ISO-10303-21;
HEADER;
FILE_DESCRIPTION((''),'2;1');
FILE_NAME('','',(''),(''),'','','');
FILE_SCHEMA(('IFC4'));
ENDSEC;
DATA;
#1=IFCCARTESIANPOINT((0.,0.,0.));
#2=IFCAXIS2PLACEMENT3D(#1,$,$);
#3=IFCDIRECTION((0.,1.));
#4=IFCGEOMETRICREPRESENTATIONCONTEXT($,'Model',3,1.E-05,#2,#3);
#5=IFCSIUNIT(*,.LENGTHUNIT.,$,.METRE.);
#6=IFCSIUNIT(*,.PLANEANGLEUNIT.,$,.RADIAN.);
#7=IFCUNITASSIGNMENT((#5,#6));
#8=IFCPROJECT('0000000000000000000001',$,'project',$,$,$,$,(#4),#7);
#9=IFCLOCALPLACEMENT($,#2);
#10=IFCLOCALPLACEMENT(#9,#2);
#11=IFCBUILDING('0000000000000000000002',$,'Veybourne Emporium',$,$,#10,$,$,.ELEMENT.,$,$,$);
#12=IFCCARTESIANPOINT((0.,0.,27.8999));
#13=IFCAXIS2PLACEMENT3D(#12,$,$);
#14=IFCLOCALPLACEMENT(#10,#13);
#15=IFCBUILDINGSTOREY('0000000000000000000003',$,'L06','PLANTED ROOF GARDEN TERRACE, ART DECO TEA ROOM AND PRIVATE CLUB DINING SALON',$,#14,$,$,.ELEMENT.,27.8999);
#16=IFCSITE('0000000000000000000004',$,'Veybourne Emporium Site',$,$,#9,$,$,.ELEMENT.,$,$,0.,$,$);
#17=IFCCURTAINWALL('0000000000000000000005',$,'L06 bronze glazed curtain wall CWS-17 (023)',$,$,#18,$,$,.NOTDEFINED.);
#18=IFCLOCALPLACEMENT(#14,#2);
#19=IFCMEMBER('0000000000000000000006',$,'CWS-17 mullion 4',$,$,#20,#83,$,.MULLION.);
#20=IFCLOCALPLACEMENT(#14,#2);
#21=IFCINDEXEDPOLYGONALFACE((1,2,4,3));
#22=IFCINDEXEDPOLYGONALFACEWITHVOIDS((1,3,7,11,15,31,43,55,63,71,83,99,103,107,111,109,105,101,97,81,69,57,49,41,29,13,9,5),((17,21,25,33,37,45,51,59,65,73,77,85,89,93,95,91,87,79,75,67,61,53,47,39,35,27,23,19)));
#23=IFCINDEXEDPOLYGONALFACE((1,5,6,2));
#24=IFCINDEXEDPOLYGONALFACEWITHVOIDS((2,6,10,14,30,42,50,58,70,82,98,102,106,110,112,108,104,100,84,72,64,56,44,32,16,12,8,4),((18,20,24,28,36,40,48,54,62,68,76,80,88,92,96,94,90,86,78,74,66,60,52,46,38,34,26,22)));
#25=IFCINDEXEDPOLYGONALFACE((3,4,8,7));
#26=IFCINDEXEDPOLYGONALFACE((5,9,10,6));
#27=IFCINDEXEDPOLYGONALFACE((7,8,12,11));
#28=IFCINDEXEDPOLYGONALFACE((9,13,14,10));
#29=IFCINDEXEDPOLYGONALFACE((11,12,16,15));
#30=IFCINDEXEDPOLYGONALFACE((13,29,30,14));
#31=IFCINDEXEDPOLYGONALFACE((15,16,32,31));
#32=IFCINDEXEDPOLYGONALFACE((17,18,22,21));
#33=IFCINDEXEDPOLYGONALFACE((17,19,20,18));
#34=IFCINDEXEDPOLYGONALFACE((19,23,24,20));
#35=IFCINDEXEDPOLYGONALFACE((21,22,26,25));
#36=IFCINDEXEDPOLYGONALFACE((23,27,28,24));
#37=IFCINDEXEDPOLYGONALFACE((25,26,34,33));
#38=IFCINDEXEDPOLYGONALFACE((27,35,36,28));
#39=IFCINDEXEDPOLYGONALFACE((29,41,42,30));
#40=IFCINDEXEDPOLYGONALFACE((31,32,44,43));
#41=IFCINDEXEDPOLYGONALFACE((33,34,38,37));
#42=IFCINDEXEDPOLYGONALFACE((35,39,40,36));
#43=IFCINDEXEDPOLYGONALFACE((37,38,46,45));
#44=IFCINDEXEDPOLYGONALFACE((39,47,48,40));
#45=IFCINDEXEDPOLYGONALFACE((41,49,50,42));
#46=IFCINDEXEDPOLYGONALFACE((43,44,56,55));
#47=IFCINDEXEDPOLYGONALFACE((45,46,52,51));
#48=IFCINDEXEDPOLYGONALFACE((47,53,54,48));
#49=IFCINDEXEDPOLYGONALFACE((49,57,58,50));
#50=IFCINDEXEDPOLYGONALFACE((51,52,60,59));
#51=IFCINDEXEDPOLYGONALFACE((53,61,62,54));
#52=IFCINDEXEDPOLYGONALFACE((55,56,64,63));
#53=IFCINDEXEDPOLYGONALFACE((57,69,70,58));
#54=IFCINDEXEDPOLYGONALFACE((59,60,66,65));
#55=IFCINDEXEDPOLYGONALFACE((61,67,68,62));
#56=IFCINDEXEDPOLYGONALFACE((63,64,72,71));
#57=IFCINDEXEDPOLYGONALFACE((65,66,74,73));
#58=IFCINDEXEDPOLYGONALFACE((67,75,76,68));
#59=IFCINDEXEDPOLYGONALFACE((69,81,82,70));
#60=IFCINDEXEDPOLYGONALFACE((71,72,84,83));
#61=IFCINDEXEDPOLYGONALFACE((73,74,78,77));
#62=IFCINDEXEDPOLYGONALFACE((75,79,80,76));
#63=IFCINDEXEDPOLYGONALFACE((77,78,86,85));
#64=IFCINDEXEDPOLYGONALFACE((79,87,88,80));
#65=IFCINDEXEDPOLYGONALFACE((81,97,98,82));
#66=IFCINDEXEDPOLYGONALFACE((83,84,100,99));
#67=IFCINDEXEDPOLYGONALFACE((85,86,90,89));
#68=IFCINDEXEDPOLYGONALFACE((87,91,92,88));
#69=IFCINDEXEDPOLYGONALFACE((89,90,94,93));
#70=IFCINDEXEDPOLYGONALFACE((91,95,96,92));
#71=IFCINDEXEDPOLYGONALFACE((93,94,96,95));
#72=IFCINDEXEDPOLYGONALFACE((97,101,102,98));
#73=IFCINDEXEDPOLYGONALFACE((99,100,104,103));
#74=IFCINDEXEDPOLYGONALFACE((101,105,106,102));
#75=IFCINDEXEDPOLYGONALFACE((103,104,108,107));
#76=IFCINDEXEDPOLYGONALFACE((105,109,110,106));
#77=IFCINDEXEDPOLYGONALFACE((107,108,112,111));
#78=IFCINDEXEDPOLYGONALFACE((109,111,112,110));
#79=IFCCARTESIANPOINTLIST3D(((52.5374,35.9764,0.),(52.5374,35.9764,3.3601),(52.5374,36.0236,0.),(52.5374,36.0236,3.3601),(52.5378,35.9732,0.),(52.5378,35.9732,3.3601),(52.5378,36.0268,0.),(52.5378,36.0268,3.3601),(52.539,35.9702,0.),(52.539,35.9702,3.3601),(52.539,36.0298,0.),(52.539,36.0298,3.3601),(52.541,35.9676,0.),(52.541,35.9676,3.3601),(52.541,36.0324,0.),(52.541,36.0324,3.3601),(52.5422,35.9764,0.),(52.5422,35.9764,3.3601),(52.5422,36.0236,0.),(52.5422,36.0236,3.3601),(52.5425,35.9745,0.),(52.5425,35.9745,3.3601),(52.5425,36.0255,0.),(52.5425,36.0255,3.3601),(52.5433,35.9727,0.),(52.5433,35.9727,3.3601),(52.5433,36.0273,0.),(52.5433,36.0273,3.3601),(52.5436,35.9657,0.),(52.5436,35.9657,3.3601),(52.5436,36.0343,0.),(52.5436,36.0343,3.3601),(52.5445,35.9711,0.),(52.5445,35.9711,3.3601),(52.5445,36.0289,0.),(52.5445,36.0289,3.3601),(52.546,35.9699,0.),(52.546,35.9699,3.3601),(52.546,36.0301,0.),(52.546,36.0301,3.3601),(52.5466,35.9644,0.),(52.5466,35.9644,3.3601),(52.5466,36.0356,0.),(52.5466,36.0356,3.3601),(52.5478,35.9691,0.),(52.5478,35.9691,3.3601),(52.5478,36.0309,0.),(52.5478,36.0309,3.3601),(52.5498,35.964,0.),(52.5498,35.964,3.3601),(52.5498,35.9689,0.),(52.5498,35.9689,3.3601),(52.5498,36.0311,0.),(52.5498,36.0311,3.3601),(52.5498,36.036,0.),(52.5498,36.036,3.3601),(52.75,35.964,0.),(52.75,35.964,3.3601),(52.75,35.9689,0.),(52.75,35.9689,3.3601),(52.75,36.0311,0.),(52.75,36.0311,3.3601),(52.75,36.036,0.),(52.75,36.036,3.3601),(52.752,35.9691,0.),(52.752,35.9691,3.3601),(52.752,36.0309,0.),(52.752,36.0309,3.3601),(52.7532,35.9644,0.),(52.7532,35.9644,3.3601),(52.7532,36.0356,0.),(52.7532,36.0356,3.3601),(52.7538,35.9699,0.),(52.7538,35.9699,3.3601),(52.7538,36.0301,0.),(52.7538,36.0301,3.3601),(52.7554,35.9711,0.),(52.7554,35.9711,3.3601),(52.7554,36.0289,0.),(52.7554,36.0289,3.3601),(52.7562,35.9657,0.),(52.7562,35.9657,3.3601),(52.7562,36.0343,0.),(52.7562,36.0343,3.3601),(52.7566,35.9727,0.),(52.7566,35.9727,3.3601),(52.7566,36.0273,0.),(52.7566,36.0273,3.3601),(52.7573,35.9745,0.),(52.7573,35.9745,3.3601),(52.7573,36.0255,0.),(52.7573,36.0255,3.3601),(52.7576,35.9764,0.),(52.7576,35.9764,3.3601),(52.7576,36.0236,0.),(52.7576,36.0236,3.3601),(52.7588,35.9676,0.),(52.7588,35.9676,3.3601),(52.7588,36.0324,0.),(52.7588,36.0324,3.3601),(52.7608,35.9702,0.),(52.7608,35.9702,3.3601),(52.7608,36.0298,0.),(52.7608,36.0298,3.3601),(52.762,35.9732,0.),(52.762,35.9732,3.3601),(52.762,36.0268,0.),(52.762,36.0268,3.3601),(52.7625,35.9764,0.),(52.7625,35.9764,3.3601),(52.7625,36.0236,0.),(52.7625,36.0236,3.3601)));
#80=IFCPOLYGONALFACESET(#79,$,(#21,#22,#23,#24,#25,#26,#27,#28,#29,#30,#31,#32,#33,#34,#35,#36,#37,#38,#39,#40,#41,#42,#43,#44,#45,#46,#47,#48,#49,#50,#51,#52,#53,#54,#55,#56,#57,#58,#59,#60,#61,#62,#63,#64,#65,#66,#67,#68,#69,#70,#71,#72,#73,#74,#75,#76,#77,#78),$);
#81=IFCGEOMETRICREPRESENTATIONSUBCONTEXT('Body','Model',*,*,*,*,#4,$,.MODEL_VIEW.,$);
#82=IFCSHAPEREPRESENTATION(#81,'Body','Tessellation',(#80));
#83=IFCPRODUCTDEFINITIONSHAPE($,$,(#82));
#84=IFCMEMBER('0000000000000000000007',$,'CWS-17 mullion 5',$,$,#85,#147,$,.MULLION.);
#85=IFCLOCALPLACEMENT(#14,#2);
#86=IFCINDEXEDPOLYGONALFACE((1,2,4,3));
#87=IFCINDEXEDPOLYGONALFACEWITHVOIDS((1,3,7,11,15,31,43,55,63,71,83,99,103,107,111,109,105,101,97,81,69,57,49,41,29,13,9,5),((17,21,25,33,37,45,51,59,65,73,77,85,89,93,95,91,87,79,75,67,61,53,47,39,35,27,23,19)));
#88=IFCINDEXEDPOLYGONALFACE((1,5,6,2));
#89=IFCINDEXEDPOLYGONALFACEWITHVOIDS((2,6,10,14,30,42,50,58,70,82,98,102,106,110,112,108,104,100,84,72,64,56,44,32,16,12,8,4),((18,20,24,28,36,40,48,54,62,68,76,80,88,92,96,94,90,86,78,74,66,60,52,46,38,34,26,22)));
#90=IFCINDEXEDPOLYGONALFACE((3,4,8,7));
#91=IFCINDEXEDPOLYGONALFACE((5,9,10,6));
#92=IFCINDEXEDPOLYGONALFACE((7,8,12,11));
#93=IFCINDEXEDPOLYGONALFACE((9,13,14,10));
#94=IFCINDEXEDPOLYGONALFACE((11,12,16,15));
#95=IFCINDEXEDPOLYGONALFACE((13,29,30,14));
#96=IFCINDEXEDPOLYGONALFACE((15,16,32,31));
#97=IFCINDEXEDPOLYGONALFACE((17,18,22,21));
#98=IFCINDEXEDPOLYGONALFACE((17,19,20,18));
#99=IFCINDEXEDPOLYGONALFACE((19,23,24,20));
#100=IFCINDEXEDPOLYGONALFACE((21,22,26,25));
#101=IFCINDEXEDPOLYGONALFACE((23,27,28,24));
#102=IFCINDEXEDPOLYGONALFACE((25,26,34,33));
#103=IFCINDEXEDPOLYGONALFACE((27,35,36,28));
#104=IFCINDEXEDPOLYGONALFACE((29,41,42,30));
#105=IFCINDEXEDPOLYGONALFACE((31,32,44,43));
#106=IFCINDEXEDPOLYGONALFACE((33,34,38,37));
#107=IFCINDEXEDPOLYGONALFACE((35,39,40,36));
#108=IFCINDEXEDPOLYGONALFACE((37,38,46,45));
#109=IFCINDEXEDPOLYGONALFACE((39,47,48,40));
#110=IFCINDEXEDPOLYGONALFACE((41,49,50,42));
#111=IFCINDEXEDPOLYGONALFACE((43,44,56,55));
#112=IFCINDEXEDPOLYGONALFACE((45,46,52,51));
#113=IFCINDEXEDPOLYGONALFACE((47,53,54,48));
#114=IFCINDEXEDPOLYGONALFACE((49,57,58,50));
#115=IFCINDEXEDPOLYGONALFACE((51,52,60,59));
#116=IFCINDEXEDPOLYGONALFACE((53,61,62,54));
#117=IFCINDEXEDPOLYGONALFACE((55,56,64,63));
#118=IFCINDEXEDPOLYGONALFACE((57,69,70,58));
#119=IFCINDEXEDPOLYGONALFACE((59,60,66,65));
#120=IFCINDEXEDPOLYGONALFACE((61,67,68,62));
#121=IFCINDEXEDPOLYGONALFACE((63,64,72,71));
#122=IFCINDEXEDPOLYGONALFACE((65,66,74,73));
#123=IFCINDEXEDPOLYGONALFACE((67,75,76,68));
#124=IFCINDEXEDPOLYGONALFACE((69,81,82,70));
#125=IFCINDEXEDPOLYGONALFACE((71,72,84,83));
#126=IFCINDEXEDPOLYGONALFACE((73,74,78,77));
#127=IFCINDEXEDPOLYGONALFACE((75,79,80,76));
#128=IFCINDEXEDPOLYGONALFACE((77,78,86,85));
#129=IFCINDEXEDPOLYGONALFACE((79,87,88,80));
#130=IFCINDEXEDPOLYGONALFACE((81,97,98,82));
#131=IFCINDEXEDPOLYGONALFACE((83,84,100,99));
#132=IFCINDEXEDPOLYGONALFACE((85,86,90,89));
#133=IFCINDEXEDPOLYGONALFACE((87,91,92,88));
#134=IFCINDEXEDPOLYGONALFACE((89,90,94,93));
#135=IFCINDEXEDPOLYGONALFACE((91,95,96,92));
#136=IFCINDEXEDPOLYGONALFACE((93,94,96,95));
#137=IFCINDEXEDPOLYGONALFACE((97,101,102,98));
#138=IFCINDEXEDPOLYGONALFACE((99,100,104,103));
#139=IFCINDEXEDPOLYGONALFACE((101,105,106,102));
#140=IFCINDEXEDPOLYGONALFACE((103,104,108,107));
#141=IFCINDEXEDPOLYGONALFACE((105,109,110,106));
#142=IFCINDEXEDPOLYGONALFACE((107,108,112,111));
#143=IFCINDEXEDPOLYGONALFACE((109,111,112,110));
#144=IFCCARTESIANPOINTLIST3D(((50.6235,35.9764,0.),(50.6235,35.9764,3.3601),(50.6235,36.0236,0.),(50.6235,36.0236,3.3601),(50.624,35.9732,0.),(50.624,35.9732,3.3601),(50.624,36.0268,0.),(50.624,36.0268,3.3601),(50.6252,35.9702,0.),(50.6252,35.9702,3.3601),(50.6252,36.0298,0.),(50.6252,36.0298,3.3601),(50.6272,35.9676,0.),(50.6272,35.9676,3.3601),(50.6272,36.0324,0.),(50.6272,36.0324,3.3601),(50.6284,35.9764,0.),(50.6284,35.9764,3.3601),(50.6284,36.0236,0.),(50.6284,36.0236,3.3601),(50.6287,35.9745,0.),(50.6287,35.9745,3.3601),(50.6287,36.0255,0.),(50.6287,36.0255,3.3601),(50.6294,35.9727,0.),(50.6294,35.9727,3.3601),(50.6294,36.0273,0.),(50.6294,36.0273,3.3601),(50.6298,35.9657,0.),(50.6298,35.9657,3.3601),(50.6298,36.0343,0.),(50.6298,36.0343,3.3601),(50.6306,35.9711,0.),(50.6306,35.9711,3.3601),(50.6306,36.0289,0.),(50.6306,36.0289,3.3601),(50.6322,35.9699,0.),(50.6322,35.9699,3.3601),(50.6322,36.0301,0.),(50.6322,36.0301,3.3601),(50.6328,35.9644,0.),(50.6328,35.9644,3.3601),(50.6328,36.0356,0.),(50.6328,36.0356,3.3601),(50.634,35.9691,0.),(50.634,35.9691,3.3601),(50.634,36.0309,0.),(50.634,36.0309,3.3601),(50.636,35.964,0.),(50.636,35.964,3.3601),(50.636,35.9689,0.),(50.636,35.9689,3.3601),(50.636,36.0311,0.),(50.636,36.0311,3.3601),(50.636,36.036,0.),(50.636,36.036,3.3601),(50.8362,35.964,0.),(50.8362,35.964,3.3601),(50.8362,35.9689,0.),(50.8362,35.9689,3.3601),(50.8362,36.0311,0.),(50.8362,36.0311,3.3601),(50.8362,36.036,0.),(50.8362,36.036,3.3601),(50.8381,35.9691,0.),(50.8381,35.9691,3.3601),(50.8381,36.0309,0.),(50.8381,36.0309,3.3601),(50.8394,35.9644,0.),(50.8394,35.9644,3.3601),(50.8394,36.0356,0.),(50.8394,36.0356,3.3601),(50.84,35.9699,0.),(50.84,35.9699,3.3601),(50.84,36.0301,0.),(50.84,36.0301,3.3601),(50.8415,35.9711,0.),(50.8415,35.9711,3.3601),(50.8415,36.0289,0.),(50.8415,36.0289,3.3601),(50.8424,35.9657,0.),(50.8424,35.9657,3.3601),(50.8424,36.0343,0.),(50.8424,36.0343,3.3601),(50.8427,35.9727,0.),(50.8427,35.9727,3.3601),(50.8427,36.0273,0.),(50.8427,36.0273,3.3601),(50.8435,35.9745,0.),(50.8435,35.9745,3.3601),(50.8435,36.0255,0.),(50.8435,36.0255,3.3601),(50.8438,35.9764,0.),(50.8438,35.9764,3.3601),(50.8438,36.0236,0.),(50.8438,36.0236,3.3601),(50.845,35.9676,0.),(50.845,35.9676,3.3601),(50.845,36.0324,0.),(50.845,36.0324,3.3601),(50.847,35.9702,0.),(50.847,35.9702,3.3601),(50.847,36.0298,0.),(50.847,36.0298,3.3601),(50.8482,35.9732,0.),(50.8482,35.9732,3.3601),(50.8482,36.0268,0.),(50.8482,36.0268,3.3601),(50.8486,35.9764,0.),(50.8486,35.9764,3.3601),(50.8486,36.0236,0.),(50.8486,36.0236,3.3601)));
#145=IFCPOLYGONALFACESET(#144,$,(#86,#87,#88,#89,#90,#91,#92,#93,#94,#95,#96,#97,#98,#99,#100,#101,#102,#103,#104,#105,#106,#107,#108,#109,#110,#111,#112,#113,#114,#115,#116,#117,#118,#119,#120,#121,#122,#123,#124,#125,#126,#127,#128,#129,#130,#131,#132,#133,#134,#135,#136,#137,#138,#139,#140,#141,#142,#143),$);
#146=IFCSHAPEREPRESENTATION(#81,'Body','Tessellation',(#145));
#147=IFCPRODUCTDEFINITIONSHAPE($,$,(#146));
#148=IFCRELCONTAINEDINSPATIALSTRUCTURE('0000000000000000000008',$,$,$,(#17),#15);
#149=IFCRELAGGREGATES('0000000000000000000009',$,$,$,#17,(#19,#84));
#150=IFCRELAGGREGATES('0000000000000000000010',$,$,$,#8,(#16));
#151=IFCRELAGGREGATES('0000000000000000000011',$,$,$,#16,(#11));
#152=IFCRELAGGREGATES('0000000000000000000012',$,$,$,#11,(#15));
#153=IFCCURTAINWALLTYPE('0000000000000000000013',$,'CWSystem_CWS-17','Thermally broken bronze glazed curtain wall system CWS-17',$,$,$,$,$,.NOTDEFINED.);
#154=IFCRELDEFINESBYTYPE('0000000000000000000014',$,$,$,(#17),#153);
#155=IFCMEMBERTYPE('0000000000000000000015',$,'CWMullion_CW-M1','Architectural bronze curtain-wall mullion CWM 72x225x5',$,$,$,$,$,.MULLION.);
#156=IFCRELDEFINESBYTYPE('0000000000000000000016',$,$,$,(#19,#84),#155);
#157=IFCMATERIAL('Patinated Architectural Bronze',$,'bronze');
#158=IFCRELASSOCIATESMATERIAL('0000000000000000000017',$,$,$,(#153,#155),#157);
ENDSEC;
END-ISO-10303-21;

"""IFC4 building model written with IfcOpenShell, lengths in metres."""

from ifc_helpers import new_model, si_unit, direction, frame, origin, origin_2d, place, context, subcontext, project, spatial, hollow_rectangle, extrude, material, material_profile, profile_set, type_object, element, aggregate, save


model = new_model("IFC4")

# Units and contexts
model_context = context("Model", 3, precision=1e-05, world=origin(), true_north=direction((0.0, 1.0)))
body_context = subcontext(model_context, "Body", "Model", "MODEL_VIEW")
ifc_project = project(units=[si_unit("LENGTHUNIT", "METRE"), si_unit("PLANEANGLEUNIT", "RADIAN")], contexts=[model_context])

# Site, building, storey
site_placement = place(None, origin())
site = spatial("IfcSite", under=ifc_project, at=site_placement, Name="Veybourne Emporium Site", CompositionType="ELEMENT", RefElevation=0.0)
building_placement = place(site_placement, origin())
building = spatial("IfcBuilding", under=site, at=building_placement, Name="Veybourne Emporium", CompositionType="ELEMENT")
storey_placement = place(building_placement, frame((0.0, 0.0, 27.8999)))
storey = spatial("IfcBuildingStorey", under=building, at=storey_placement, Name="L06", Description="PLANTED ROOF GARDEN TERRACE, ART DECO TEA ROOM AND PRIVATE CLUB DINING SALON", CompositionType="ELEMENT", Elevation=27.8999)

# Curtain wall, members
ifc_material_1 = material(Name="Patinated Architectural Bronze", Category="bronze")
curtain_wall_type = type_object("IfcCurtainWallType", Name="CWSystem_CWS-17", Description="Thermally broken bronze glazed curtain wall system CWS-17", PredefinedType="NOTDEFINED", material=ifc_material_1)
curtain_wall_placement = place(storey_placement, origin())
curtain_wall = element("IfcCurtainWall", 1, at=curtain_wall_placement, inside=storey, type_object=curtain_wall_type, Name="L06 bronze glazed curtain wall CWS-17 (023)", PredefinedType="NOTDEFINED")
ifc_material_profile_1 = material_profile(ifc_material_1, hollow_rectangle(XDim=0.072, YDim=0.2251, WallThickness=0.0049, InnerFilletRadius=0.0076, OuterFilletRadius=0.0125, at=origin_2d()), Name="CWM 72x225x5")
ifc_profile_set_1 = profile_set([ifc_material_profile_1], Name="Patinated Architectural Bronze")
member_type_1 = type_object("IfcMemberType", Name="CWMullion_CW-M1", Description="Architectural bronze curtain-wall mullion CWM 72x225x5", PredefinedType="MULLION", material=ifc_profile_set_1)
member_1_placement = place(storey_placement, frame((52.6499, 36.0, 0.0), z_axis=(0.0, 0.0, 1.0), x_axis=(0.0, -1.0, 0.0)))
member_1 = element("IfcMember", 2, at=member_1_placement, type_object=member_type_1, Name="CWS-17 mullion 4", PredefinedType="MULLION", context=body_context, shape_type="SweptSolid", body=[
    extrude(hollow_rectangle(XDim=0.072, YDim=0.2251, WallThickness=0.0049, InnerFilletRadius=0.0076, OuterFilletRadius=0.0125, at=origin_2d()), origin(), (0.0, 0.0, 1.0), 3.3601),
])
member_2_placement = place(storey_placement, frame((50.7361, 36.0, 0.0), z_axis=(0.0, 0.0, 1.0), x_axis=(0.0, -1.0, 0.0)))
member_2 = element("IfcMember", 3, at=member_2_placement, type_object=member_type_1, Name="CWS-17 mullion 5", PredefinedType="MULLION", context=body_context, shape_type="SweptSolid", body=[
    extrude(hollow_rectangle(XDim=0.072, YDim=0.2251, WallThickness=0.0049, InnerFilletRadius=0.0076, OuterFilletRadius=0.0125, at=origin_2d()), origin(), (0.0, 0.0, 1.0), 3.3601),
])

aggregate(curtain_wall, [member_1, member_2])

save(model, "model.ifc")
